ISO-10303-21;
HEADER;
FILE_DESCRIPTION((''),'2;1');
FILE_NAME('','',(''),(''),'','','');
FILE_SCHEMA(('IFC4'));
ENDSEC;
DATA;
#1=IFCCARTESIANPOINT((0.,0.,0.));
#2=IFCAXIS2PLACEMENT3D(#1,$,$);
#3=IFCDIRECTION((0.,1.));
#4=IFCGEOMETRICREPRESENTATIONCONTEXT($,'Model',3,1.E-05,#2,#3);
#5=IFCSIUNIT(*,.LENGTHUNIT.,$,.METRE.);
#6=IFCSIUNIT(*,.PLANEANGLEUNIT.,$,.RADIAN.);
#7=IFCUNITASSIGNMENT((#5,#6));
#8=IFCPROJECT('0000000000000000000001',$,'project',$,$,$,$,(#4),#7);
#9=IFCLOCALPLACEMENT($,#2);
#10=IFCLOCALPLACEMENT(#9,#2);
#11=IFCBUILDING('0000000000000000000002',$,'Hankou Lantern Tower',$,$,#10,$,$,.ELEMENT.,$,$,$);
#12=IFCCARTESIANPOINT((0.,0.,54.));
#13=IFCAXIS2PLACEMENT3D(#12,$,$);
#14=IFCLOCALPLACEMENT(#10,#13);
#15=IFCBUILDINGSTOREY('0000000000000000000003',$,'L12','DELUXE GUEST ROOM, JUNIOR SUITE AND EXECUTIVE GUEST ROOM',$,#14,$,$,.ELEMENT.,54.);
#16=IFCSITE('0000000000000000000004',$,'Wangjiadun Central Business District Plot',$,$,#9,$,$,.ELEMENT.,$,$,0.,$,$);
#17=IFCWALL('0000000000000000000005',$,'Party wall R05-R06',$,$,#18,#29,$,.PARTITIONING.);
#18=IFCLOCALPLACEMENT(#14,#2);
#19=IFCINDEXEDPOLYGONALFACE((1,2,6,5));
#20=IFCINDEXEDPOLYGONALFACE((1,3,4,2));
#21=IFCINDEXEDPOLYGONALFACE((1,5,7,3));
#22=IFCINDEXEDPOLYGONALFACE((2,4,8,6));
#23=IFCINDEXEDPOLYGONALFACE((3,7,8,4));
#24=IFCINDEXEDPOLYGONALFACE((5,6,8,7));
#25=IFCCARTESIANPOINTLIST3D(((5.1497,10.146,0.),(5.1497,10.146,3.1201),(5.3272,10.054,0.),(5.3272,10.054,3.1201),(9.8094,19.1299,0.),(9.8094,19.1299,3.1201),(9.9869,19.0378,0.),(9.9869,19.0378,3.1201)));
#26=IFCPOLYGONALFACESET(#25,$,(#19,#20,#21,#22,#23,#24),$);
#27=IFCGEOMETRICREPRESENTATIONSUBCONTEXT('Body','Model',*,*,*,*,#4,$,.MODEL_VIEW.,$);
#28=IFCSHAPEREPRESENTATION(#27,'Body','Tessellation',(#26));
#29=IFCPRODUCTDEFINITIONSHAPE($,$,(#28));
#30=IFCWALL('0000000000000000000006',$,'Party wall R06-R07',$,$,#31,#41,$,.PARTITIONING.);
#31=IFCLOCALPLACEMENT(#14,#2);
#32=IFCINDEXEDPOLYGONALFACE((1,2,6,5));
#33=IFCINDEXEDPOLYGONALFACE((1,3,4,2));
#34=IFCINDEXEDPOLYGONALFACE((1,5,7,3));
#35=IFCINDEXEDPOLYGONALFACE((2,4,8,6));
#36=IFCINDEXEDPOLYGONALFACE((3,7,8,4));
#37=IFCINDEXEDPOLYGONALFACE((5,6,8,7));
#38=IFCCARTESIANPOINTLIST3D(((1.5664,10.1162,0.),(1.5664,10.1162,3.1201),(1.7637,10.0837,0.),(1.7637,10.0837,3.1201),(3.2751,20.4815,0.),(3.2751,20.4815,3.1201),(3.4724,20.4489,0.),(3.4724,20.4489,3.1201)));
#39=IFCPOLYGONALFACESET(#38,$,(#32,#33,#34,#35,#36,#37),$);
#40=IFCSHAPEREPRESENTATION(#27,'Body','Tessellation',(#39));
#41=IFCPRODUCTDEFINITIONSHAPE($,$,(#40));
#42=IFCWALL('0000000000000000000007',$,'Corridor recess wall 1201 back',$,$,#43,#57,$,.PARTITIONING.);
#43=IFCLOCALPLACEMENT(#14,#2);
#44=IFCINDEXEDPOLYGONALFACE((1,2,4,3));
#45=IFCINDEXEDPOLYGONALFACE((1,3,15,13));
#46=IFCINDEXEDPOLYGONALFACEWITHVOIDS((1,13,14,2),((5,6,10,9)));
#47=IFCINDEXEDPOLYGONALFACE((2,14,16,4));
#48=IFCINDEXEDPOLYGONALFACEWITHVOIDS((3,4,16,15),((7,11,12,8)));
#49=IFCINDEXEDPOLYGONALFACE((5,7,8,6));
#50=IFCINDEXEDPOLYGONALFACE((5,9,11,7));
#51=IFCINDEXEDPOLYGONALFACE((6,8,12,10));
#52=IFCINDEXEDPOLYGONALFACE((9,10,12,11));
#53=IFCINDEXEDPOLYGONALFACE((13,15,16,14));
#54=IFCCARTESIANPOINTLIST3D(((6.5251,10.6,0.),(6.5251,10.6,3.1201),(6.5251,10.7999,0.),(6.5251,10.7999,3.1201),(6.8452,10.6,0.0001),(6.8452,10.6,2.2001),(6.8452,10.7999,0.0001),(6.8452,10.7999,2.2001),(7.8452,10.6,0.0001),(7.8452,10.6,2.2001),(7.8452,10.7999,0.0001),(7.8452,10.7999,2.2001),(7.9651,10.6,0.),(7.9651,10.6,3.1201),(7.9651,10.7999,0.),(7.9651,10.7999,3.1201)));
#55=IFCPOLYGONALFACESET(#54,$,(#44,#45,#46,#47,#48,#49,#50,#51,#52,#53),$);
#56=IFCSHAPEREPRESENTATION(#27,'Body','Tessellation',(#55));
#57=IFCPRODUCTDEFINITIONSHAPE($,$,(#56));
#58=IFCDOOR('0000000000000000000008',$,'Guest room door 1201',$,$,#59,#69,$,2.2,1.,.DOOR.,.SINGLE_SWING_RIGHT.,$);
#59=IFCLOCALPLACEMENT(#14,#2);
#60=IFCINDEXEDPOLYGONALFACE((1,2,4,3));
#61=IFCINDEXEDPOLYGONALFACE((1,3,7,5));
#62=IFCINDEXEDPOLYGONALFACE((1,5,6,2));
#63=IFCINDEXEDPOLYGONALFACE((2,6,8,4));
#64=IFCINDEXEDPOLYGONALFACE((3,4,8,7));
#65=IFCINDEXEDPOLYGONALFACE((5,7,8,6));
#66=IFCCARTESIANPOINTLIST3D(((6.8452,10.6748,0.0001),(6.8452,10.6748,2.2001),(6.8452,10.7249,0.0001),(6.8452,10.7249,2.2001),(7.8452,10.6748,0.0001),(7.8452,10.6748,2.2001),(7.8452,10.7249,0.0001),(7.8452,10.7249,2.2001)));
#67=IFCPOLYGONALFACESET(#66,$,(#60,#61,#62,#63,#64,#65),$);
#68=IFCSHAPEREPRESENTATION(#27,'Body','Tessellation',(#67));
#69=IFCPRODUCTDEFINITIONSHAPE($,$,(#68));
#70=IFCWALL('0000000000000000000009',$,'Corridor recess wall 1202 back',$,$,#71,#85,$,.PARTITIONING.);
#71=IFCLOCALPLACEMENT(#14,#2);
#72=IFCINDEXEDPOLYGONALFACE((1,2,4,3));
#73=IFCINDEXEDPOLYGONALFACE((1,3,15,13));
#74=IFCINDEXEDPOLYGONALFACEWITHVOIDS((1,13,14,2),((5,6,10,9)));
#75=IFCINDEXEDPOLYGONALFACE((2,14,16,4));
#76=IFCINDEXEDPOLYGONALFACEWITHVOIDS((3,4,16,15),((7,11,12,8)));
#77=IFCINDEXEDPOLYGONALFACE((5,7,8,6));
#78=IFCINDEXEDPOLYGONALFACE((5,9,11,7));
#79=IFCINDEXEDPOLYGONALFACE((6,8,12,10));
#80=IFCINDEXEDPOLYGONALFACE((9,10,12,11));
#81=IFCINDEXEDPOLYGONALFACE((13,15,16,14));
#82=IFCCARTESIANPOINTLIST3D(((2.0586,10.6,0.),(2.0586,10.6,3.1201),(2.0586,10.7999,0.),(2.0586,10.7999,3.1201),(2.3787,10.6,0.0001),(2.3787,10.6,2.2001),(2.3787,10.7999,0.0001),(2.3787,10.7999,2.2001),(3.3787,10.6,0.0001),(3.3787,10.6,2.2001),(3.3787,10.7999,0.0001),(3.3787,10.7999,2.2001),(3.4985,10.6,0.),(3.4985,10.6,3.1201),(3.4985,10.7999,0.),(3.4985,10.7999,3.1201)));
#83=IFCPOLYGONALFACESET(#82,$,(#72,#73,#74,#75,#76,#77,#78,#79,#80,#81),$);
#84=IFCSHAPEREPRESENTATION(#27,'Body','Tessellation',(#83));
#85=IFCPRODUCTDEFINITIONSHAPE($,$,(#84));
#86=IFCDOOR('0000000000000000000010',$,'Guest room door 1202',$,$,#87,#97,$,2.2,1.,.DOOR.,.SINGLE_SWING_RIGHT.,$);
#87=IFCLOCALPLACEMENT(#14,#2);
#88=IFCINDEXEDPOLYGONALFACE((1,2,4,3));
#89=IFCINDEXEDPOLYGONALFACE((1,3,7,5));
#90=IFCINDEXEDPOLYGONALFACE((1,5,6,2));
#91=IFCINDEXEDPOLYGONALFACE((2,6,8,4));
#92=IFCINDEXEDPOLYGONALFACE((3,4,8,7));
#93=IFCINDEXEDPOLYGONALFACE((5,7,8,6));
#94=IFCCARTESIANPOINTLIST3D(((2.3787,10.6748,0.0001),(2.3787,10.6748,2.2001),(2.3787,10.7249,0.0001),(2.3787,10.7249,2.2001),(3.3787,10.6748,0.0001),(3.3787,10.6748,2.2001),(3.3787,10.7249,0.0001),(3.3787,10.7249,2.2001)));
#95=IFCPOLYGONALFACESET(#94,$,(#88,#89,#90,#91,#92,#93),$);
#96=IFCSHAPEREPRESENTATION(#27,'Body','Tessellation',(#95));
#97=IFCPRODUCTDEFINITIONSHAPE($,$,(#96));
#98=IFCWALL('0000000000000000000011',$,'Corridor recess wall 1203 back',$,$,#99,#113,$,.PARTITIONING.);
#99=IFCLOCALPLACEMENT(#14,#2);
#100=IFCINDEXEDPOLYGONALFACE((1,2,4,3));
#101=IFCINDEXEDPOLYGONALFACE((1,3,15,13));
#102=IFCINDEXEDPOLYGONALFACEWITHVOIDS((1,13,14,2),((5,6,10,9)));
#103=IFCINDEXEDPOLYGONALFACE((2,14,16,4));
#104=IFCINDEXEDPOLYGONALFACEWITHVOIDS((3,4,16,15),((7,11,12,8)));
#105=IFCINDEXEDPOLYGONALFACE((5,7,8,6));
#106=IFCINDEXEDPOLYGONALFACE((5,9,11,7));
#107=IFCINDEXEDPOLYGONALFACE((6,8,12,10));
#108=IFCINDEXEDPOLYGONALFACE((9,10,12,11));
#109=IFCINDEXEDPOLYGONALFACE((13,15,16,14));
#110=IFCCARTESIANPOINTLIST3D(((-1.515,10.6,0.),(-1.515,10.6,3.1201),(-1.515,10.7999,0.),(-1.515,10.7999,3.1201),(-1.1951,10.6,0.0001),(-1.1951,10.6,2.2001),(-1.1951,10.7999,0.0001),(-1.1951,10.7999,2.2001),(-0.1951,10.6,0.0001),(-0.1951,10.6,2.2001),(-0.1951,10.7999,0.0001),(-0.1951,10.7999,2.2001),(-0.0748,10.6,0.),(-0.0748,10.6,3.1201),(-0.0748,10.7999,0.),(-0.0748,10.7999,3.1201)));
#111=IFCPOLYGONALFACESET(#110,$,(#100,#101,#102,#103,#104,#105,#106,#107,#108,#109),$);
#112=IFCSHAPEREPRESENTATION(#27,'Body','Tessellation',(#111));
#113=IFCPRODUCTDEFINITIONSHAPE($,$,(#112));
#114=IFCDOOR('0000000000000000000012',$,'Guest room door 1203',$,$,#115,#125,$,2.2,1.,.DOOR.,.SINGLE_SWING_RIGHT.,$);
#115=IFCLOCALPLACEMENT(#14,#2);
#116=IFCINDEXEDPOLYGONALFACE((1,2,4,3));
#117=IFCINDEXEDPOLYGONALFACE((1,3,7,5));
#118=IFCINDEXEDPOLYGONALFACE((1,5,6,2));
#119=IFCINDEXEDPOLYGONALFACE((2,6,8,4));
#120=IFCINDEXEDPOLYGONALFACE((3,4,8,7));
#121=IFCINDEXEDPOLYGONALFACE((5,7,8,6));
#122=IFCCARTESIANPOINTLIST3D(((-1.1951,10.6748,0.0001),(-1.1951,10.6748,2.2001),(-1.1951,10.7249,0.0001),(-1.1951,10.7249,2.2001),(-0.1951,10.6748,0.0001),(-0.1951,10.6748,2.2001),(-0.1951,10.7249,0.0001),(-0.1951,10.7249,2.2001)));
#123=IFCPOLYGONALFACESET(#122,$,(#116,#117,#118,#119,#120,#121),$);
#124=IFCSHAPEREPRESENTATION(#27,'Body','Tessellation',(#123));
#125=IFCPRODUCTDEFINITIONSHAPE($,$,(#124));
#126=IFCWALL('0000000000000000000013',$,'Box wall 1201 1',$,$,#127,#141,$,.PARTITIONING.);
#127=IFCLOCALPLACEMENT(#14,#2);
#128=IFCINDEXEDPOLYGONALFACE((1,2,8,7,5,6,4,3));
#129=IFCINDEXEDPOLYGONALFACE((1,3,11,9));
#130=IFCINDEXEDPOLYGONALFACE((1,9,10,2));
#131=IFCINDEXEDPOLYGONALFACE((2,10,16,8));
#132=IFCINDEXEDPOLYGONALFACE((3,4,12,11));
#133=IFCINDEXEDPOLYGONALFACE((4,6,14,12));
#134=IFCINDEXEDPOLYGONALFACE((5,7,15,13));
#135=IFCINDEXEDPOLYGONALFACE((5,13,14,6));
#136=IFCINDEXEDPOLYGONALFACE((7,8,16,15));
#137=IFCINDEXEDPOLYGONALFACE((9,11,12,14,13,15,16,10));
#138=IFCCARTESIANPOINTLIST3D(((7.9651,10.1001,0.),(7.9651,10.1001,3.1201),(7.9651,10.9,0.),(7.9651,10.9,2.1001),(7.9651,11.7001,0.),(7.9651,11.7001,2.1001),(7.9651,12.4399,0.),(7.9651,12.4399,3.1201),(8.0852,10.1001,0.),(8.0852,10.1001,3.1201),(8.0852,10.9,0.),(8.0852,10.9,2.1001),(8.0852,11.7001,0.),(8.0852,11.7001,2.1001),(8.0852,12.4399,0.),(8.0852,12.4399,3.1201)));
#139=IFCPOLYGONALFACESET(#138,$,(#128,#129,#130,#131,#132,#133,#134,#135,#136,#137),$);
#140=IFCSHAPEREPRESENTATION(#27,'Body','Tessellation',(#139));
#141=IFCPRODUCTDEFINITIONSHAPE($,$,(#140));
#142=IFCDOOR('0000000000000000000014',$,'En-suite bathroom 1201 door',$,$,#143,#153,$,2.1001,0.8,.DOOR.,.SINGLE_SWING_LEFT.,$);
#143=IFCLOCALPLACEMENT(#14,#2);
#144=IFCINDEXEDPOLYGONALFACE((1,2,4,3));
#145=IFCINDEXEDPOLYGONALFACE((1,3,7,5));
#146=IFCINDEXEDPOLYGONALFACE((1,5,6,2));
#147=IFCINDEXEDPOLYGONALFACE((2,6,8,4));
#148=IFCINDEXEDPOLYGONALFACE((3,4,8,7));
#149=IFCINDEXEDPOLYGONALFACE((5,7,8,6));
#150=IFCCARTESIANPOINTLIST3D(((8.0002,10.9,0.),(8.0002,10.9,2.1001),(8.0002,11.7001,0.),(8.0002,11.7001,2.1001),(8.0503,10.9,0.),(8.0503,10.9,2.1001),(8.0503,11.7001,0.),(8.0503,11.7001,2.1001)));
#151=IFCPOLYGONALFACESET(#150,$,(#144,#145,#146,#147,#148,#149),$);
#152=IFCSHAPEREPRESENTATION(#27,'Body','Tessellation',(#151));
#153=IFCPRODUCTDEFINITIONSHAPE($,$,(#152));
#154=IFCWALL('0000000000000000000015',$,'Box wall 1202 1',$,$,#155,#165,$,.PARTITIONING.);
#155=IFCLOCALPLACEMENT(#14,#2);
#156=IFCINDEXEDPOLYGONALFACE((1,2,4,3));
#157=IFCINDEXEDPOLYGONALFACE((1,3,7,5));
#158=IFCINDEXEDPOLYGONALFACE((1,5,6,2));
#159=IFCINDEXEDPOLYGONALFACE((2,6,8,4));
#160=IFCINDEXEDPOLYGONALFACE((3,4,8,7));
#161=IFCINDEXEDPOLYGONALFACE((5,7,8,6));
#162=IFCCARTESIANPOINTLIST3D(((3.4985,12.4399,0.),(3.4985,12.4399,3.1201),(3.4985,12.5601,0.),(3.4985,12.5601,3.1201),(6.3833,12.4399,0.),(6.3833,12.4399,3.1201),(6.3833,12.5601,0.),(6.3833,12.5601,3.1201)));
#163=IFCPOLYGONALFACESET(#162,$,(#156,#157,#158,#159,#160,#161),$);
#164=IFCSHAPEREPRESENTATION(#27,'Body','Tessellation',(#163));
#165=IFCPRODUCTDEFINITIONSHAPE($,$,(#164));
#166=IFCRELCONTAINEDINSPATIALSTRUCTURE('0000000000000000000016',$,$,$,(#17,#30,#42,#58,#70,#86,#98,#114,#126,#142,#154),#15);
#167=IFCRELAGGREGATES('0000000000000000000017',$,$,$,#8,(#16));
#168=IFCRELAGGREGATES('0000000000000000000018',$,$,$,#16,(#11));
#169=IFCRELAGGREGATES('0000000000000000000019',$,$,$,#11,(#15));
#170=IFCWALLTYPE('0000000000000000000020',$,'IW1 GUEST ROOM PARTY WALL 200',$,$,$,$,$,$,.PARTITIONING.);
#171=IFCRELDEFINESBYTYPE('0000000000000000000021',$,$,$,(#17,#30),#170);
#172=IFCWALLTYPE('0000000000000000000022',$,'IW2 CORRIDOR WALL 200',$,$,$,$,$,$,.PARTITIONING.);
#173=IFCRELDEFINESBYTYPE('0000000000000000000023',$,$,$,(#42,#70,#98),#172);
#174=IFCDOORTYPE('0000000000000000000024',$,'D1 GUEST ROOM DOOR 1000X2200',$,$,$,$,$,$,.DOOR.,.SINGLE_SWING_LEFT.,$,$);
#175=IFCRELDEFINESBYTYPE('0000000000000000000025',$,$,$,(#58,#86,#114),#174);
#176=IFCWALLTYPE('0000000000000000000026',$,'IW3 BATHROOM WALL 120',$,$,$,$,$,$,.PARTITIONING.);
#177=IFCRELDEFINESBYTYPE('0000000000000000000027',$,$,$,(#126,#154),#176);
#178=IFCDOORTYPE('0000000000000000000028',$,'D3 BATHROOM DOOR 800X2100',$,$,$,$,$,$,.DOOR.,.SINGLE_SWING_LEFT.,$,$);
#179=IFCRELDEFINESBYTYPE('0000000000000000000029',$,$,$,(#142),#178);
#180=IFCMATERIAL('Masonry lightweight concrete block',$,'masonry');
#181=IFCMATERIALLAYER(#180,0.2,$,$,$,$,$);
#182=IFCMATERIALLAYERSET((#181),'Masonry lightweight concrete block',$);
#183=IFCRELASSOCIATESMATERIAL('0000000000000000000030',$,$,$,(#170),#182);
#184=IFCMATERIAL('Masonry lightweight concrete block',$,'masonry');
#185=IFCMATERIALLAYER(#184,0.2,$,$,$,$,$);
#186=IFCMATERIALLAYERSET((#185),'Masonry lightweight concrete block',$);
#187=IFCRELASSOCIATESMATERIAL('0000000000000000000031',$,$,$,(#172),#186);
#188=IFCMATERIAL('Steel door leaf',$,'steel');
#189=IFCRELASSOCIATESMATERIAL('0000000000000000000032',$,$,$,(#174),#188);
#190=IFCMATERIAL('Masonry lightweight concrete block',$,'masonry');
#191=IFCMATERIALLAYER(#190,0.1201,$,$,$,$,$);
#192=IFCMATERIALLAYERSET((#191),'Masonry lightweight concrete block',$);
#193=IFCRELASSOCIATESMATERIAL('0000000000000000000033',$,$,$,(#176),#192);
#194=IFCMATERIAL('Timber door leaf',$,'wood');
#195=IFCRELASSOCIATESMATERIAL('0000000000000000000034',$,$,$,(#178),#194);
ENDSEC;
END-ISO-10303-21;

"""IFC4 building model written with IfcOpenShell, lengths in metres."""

from ifc_helpers import new_model, si_unit, direction, frame, frame_2d, origin, place, context, subcontext, project, spatial, rectangle, extrude, material, layer, layer_set, type_object, element, fill, save


model = new_model("IFC4")

# Units and contexts
model_context = context("Model", 3, precision=1e-05, world=origin(), true_north=direction((0.0, 1.0)))
body_context = subcontext(model_context, "Body", "Model", "MODEL_VIEW")
ifc_project = project(units=[si_unit("LENGTHUNIT", "METRE"), si_unit("PLANEANGLEUNIT", "RADIAN")], contexts=[model_context])

# Site, building, storey
site_placement = place(None, origin())
site = spatial("IfcSite", under=ifc_project, at=site_placement, Name="Wangjiadun Central Business District Plot", CompositionType="ELEMENT", RefElevation=0.0)
building_placement = place(site_placement, origin())
building = spatial("IfcBuilding", under=site, at=building_placement, Name="Hankou Lantern Tower", CompositionType="ELEMENT")
storey_placement = place(building_placement, frame((0.0, 0.0, 54.0)))
storey = spatial("IfcBuildingStorey", under=building, at=storey_placement, Name="L12", Description="DELUXE GUEST ROOM, JUNIOR SUITE AND EXECUTIVE GUEST ROOM", CompositionType="ELEMENT", Elevation=54.0)

# Walls
ifc_material_1 = material(Name="Masonry lightweight concrete block", Category="masonry")
ifc_layer_1 = layer(ifc_material_1, 0.2)
ifc_layer_set_1 = layer_set([ifc_layer_1], Name="Masonry lightweight concrete block")
wall_type_1 = type_object("IfcWallType", Name="IW1 GUEST ROOM PARTY WALL 200", PredefinedType="PARTITIONING", material=ifc_layer_set_1)
wall_1_placement = place(storey_placement, frame((5.2385, 10.1001, 0.0), z_axis=(0.0, 0.0, 1.0), x_axis=(0.460423, 0.8877, 0.0)))
element("IfcWall", 1, at=wall_1_placement, inside=storey, type_object=wall_type_1, Name="Party wall R05-R06", PredefinedType="PARTITIONING", context=body_context, shape_type="SweptSolid", body=[
    extrude(rectangle(XDim=10.1204, YDim=0.2, at=frame_2d((5.0601, 0.0))), origin(), (0.0, 0.0, 1.0), 3.1201),
])
wall_2_placement = place(storey_placement, frame((1.665, 10.1001, 0.0), z_axis=(0.0, 0.0, 1.0), x_axis=(0.162658, 0.986683, 0.0)))
element("IfcWall", 2, at=wall_2_placement, inside=storey, type_object=wall_type_1, Name="Party wall R06-R07", PredefinedType="PARTITIONING", context=body_context, shape_type="SweptSolid", body=[
    extrude(rectangle(XDim=10.5051, YDim=0.2, at=frame_2d((5.2524, 0.0))), origin(), (0.0, 0.0, 1.0), 3.1201),
])

# Walls, openings, doors
ifc_material_2 = material(Name="Masonry lightweight concrete block", Category="masonry")
ifc_layer_2 = layer(ifc_material_2, 0.2)
ifc_layer_set_2 = layer_set([ifc_layer_2], Name="Masonry lightweight concrete block")
wall_type_2 = type_object("IfcWallType", Name="IW2 CORRIDOR WALL 200", PredefinedType="PARTITIONING", material=ifc_layer_set_2)
wall_3_placement = place(storey_placement, frame((6.5251, 10.7, 0.0), z_axis=(0.0, 0.0, 1.0), x_axis=(1.0, 0.0, 0.0)))
wall_3 = element("IfcWall", 3, at=wall_3_placement, inside=storey, type_object=wall_type_2, Name="Corridor recess wall 1201 back", PredefinedType="PARTITIONING", context=body_context, shape_type="SweptSolid", body=[
    extrude(rectangle(XDim=1.4399, YDim=0.2, at=frame_2d((0.72, 0.0))), origin(), (0.0, 0.0, 1.0), 3.1201),
])
opening_1_placement = place(wall_3_placement, frame((0.3201, 0.0, 0.0)))
opening_1 = element("IfcOpeningElement", 4, at=opening_1_placement, cuts=wall_3, PredefinedType="OPENING", context=body_context, shape_type="SweptSolid", body=[
    extrude(rectangle(XDim=1.0, YDim=2.2, at=frame_2d((0.5, 1.1001))), frame((0.0, 0.1099, 0.0), z_axis=(0.0, -1.0, 0.0), x_axis=(1.0, 0.0, 0.0)), (0.0, 0.0, 1.0), 0.22),
])
ifc_material_3 = material(Name="Steel door leaf", Category="steel")
door_type_1 = type_object("IfcDoorType", Name="D1 GUEST ROOM DOOR 1000X2200", OperationType="SINGLE_SWING_LEFT", PredefinedType="DOOR", material=ifc_material_3)
door_1_placement = place(opening_1_placement, origin())
door_1 = element("IfcDoor", 5, at=door_1_placement, inside=storey, type_object=door_type_1, Name="Guest room door 1201", OperationType="SINGLE_SWING_RIGHT", OverallHeight=2.2, OverallWidth=1.0, PredefinedType="DOOR", context=body_context, shape_type="SweptSolid", body=[
    extrude(rectangle(XDim=1.0, YDim=2.2, at=frame_2d((0.5, 1.1001))), frame((0.0, 0.0249, 0.0), z_axis=(0.0, -1.0, 0.0), x_axis=(1.0, 0.0, 0.0)), (0.0, 0.0, 1.0), 0.05),
])
fill(opening_1, door_1)
wall_4_placement = place(storey_placement, frame((2.0586, 10.7, 0.0), z_axis=(0.0, 0.0, 1.0), x_axis=(1.0, 0.0, 0.0)))
wall_4 = element("IfcWall", 6, at=wall_4_placement, inside=storey, type_object=wall_type_2, Name="Corridor recess wall 1202 back", PredefinedType="PARTITIONING", context=body_context, shape_type="SweptSolid", body=[
    extrude(rectangle(XDim=1.4399, YDim=0.2, at=frame_2d((0.72, 0.0))), origin(), (0.0, 0.0, 1.0), 3.1201),
])
opening_2_placement = place(wall_4_placement, frame((0.3201, 0.0, 0.0)))
opening_2 = element("IfcOpeningElement", 7, at=opening_2_placement, cuts=wall_4, PredefinedType="OPENING", context=body_context, shape_type="SweptSolid", body=[
    extrude(rectangle(XDim=1.0, YDim=2.2, at=frame_2d((0.5, 1.1001))), frame((0.0, 0.1099, 0.0), z_axis=(0.0, -1.0, 0.0), x_axis=(1.0, 0.0, 0.0)), (0.0, 0.0, 1.0), 0.22),
])
door_2_placement = place(opening_2_placement, origin())
door_2 = element("IfcDoor", 8, at=door_2_placement, inside=storey, type_object=door_type_1, Name="Guest room door 1202", OperationType="SINGLE_SWING_RIGHT", OverallHeight=2.2, OverallWidth=1.0, PredefinedType="DOOR", context=body_context, shape_type="SweptSolid", body=[
    extrude(rectangle(XDim=1.0, YDim=2.2, at=frame_2d((0.5, 1.1001))), frame((0.0, 0.0249, 0.0), z_axis=(0.0, -1.0, 0.0), x_axis=(1.0, 0.0, 0.0)), (0.0, 0.0, 1.0), 0.05),
])
fill(opening_2, door_2)
wall_5_placement = place(storey_placement, frame((-1.5151, 10.7, 0.0), z_axis=(0.0, 0.0, 1.0), x_axis=(1.0, 0.0, 0.0)))
wall_5 = element("IfcWall", 9, at=wall_5_placement, inside=storey, type_object=wall_type_2, Name="Corridor recess wall 1203 back", PredefinedType="PARTITIONING", context=body_context, shape_type="SweptSolid", body=[
    extrude(rectangle(XDim=1.4402, YDim=0.2, at=frame_2d((0.7202, 0.0))), origin(), (0.0, 0.0, 1.0), 3.1201),
])
opening_3_placement = place(wall_5_placement, frame((0.3201, 0.0, 0.0)))
opening_3 = element("IfcOpeningElement", 10, at=opening_3_placement, cuts=wall_5, PredefinedType="OPENING", context=body_context, shape_type="SweptSolid", body=[
    extrude(rectangle(XDim=1.0, YDim=2.2, at=frame_2d((0.5, 1.1001))), frame((0.0, 0.1099, 0.0), z_axis=(0.0, -1.0, 0.0), x_axis=(1.0, 0.0, 0.0)), (0.0, 0.0, 1.0), 0.22),
])
door_3_placement = place(opening_3_placement, origin())
door_3 = element("IfcDoor", 11, at=door_3_placement, inside=storey, type_object=door_type_1, Name="Guest room door 1203", OperationType="SINGLE_SWING_RIGHT", OverallHeight=2.2, OverallWidth=1.0, PredefinedType="DOOR", context=body_context, shape_type="SweptSolid", body=[
    extrude(rectangle(XDim=1.0, YDim=2.2, at=frame_2d((0.5, 1.1001))), frame((0.0, 0.0249, 0.0), z_axis=(0.0, -1.0, 0.0), x_axis=(1.0, 0.0, 0.0)), (0.0, 0.0, 1.0), 0.05),
])
fill(opening_3, door_3)
ifc_material_4 = material(Name="Masonry lightweight concrete block", Category="masonry")
ifc_layer_3 = layer(ifc_material_4, 0.1201)
ifc_layer_set_3 = layer_set([ifc_layer_3], Name="Masonry lightweight concrete block")
wall_type_3 = type_object("IfcWallType", Name="IW3 BATHROOM WALL 120", PredefinedType="PARTITIONING", material=ifc_layer_set_3)
wall_6_placement = place(storey_placement, frame((8.0251, 10.1001, 0.0), z_axis=(0.0, 0.0, 1.0), x_axis=(0.0, 1.0, 0.0)))
wall_6 = element("IfcWall", 12, at=wall_6_placement, inside=storey, type_object=wall_type_3, Name="Box wall 1201 1", PredefinedType="PARTITIONING", context=body_context, shape_type="SweptSolid", body=[
    extrude(rectangle(XDim=2.3398, YDim=0.1201, at=frame_2d((1.1699, 0.0))), origin(), (0.0, 0.0, 1.0), 3.1201),
])
opening_4_placement = place(wall_6_placement, frame((0.8, 0.0, 0.0)))
opening_4 = element("IfcOpeningElement", 13, at=opening_4_placement, cuts=wall_6, PredefinedType="OPENING", context=body_context, shape_type="SweptSolid", body=[
    extrude(rectangle(XDim=0.8, YDim=2.1001, at=frame_2d((0.3999, 1.05))), frame((0.0, 0.0701, 0.0), z_axis=(0.0, -1.0, 0.0), x_axis=(1.0, 0.0, 0.0)), (0.0, 0.0, 1.0), 0.1401),
])
ifc_material_5 = material(Name="Timber door leaf", Category="wood")
door_type_2 = type_object("IfcDoorType", Name="D3 BATHROOM DOOR 800X2100", OperationType="SINGLE_SWING_LEFT", PredefinedType="DOOR", material=ifc_material_5)
door_4_placement = place(opening_4_placement, origin())
door_4 = element("IfcDoor", 14, at=door_4_placement, inside=storey, type_object=door_type_2, Name="En-suite bathroom 1201 door", OperationType="SINGLE_SWING_LEFT", OverallHeight=2.1001, OverallWidth=0.8, PredefinedType="DOOR", context=body_context, shape_type="SweptSolid", body=[
    extrude(rectangle(XDim=0.8, YDim=2.1001, at=frame_2d((0.3999, 1.05))), frame((0.0, 0.0249, 0.0), z_axis=(0.0, -1.0, 0.0), x_axis=(1.0, 0.0, 0.0)), (0.0, 0.0, 1.0), 0.05),
])
fill(opening_4, door_4)

# Wall
wall_7_placement = place(storey_placement, frame((6.3833, 12.5, 0.0), z_axis=(0.0, 0.0, 1.0), x_axis=(-1.0, 0.0, 0.0)))
element("IfcWall", 15, at=wall_7_placement, inside=storey, type_object=wall_type_3, Name="Box wall 1202 1", PredefinedType="PARTITIONING", context=body_context, shape_type="SweptSolid", body=[
    extrude(rectangle(XDim=2.8848, YDim=0.1201, at=frame_2d((1.4424, 0.0))), origin(), (0.0, 0.0, 1.0), 3.1201),
])

save(model, "model.ifc")
